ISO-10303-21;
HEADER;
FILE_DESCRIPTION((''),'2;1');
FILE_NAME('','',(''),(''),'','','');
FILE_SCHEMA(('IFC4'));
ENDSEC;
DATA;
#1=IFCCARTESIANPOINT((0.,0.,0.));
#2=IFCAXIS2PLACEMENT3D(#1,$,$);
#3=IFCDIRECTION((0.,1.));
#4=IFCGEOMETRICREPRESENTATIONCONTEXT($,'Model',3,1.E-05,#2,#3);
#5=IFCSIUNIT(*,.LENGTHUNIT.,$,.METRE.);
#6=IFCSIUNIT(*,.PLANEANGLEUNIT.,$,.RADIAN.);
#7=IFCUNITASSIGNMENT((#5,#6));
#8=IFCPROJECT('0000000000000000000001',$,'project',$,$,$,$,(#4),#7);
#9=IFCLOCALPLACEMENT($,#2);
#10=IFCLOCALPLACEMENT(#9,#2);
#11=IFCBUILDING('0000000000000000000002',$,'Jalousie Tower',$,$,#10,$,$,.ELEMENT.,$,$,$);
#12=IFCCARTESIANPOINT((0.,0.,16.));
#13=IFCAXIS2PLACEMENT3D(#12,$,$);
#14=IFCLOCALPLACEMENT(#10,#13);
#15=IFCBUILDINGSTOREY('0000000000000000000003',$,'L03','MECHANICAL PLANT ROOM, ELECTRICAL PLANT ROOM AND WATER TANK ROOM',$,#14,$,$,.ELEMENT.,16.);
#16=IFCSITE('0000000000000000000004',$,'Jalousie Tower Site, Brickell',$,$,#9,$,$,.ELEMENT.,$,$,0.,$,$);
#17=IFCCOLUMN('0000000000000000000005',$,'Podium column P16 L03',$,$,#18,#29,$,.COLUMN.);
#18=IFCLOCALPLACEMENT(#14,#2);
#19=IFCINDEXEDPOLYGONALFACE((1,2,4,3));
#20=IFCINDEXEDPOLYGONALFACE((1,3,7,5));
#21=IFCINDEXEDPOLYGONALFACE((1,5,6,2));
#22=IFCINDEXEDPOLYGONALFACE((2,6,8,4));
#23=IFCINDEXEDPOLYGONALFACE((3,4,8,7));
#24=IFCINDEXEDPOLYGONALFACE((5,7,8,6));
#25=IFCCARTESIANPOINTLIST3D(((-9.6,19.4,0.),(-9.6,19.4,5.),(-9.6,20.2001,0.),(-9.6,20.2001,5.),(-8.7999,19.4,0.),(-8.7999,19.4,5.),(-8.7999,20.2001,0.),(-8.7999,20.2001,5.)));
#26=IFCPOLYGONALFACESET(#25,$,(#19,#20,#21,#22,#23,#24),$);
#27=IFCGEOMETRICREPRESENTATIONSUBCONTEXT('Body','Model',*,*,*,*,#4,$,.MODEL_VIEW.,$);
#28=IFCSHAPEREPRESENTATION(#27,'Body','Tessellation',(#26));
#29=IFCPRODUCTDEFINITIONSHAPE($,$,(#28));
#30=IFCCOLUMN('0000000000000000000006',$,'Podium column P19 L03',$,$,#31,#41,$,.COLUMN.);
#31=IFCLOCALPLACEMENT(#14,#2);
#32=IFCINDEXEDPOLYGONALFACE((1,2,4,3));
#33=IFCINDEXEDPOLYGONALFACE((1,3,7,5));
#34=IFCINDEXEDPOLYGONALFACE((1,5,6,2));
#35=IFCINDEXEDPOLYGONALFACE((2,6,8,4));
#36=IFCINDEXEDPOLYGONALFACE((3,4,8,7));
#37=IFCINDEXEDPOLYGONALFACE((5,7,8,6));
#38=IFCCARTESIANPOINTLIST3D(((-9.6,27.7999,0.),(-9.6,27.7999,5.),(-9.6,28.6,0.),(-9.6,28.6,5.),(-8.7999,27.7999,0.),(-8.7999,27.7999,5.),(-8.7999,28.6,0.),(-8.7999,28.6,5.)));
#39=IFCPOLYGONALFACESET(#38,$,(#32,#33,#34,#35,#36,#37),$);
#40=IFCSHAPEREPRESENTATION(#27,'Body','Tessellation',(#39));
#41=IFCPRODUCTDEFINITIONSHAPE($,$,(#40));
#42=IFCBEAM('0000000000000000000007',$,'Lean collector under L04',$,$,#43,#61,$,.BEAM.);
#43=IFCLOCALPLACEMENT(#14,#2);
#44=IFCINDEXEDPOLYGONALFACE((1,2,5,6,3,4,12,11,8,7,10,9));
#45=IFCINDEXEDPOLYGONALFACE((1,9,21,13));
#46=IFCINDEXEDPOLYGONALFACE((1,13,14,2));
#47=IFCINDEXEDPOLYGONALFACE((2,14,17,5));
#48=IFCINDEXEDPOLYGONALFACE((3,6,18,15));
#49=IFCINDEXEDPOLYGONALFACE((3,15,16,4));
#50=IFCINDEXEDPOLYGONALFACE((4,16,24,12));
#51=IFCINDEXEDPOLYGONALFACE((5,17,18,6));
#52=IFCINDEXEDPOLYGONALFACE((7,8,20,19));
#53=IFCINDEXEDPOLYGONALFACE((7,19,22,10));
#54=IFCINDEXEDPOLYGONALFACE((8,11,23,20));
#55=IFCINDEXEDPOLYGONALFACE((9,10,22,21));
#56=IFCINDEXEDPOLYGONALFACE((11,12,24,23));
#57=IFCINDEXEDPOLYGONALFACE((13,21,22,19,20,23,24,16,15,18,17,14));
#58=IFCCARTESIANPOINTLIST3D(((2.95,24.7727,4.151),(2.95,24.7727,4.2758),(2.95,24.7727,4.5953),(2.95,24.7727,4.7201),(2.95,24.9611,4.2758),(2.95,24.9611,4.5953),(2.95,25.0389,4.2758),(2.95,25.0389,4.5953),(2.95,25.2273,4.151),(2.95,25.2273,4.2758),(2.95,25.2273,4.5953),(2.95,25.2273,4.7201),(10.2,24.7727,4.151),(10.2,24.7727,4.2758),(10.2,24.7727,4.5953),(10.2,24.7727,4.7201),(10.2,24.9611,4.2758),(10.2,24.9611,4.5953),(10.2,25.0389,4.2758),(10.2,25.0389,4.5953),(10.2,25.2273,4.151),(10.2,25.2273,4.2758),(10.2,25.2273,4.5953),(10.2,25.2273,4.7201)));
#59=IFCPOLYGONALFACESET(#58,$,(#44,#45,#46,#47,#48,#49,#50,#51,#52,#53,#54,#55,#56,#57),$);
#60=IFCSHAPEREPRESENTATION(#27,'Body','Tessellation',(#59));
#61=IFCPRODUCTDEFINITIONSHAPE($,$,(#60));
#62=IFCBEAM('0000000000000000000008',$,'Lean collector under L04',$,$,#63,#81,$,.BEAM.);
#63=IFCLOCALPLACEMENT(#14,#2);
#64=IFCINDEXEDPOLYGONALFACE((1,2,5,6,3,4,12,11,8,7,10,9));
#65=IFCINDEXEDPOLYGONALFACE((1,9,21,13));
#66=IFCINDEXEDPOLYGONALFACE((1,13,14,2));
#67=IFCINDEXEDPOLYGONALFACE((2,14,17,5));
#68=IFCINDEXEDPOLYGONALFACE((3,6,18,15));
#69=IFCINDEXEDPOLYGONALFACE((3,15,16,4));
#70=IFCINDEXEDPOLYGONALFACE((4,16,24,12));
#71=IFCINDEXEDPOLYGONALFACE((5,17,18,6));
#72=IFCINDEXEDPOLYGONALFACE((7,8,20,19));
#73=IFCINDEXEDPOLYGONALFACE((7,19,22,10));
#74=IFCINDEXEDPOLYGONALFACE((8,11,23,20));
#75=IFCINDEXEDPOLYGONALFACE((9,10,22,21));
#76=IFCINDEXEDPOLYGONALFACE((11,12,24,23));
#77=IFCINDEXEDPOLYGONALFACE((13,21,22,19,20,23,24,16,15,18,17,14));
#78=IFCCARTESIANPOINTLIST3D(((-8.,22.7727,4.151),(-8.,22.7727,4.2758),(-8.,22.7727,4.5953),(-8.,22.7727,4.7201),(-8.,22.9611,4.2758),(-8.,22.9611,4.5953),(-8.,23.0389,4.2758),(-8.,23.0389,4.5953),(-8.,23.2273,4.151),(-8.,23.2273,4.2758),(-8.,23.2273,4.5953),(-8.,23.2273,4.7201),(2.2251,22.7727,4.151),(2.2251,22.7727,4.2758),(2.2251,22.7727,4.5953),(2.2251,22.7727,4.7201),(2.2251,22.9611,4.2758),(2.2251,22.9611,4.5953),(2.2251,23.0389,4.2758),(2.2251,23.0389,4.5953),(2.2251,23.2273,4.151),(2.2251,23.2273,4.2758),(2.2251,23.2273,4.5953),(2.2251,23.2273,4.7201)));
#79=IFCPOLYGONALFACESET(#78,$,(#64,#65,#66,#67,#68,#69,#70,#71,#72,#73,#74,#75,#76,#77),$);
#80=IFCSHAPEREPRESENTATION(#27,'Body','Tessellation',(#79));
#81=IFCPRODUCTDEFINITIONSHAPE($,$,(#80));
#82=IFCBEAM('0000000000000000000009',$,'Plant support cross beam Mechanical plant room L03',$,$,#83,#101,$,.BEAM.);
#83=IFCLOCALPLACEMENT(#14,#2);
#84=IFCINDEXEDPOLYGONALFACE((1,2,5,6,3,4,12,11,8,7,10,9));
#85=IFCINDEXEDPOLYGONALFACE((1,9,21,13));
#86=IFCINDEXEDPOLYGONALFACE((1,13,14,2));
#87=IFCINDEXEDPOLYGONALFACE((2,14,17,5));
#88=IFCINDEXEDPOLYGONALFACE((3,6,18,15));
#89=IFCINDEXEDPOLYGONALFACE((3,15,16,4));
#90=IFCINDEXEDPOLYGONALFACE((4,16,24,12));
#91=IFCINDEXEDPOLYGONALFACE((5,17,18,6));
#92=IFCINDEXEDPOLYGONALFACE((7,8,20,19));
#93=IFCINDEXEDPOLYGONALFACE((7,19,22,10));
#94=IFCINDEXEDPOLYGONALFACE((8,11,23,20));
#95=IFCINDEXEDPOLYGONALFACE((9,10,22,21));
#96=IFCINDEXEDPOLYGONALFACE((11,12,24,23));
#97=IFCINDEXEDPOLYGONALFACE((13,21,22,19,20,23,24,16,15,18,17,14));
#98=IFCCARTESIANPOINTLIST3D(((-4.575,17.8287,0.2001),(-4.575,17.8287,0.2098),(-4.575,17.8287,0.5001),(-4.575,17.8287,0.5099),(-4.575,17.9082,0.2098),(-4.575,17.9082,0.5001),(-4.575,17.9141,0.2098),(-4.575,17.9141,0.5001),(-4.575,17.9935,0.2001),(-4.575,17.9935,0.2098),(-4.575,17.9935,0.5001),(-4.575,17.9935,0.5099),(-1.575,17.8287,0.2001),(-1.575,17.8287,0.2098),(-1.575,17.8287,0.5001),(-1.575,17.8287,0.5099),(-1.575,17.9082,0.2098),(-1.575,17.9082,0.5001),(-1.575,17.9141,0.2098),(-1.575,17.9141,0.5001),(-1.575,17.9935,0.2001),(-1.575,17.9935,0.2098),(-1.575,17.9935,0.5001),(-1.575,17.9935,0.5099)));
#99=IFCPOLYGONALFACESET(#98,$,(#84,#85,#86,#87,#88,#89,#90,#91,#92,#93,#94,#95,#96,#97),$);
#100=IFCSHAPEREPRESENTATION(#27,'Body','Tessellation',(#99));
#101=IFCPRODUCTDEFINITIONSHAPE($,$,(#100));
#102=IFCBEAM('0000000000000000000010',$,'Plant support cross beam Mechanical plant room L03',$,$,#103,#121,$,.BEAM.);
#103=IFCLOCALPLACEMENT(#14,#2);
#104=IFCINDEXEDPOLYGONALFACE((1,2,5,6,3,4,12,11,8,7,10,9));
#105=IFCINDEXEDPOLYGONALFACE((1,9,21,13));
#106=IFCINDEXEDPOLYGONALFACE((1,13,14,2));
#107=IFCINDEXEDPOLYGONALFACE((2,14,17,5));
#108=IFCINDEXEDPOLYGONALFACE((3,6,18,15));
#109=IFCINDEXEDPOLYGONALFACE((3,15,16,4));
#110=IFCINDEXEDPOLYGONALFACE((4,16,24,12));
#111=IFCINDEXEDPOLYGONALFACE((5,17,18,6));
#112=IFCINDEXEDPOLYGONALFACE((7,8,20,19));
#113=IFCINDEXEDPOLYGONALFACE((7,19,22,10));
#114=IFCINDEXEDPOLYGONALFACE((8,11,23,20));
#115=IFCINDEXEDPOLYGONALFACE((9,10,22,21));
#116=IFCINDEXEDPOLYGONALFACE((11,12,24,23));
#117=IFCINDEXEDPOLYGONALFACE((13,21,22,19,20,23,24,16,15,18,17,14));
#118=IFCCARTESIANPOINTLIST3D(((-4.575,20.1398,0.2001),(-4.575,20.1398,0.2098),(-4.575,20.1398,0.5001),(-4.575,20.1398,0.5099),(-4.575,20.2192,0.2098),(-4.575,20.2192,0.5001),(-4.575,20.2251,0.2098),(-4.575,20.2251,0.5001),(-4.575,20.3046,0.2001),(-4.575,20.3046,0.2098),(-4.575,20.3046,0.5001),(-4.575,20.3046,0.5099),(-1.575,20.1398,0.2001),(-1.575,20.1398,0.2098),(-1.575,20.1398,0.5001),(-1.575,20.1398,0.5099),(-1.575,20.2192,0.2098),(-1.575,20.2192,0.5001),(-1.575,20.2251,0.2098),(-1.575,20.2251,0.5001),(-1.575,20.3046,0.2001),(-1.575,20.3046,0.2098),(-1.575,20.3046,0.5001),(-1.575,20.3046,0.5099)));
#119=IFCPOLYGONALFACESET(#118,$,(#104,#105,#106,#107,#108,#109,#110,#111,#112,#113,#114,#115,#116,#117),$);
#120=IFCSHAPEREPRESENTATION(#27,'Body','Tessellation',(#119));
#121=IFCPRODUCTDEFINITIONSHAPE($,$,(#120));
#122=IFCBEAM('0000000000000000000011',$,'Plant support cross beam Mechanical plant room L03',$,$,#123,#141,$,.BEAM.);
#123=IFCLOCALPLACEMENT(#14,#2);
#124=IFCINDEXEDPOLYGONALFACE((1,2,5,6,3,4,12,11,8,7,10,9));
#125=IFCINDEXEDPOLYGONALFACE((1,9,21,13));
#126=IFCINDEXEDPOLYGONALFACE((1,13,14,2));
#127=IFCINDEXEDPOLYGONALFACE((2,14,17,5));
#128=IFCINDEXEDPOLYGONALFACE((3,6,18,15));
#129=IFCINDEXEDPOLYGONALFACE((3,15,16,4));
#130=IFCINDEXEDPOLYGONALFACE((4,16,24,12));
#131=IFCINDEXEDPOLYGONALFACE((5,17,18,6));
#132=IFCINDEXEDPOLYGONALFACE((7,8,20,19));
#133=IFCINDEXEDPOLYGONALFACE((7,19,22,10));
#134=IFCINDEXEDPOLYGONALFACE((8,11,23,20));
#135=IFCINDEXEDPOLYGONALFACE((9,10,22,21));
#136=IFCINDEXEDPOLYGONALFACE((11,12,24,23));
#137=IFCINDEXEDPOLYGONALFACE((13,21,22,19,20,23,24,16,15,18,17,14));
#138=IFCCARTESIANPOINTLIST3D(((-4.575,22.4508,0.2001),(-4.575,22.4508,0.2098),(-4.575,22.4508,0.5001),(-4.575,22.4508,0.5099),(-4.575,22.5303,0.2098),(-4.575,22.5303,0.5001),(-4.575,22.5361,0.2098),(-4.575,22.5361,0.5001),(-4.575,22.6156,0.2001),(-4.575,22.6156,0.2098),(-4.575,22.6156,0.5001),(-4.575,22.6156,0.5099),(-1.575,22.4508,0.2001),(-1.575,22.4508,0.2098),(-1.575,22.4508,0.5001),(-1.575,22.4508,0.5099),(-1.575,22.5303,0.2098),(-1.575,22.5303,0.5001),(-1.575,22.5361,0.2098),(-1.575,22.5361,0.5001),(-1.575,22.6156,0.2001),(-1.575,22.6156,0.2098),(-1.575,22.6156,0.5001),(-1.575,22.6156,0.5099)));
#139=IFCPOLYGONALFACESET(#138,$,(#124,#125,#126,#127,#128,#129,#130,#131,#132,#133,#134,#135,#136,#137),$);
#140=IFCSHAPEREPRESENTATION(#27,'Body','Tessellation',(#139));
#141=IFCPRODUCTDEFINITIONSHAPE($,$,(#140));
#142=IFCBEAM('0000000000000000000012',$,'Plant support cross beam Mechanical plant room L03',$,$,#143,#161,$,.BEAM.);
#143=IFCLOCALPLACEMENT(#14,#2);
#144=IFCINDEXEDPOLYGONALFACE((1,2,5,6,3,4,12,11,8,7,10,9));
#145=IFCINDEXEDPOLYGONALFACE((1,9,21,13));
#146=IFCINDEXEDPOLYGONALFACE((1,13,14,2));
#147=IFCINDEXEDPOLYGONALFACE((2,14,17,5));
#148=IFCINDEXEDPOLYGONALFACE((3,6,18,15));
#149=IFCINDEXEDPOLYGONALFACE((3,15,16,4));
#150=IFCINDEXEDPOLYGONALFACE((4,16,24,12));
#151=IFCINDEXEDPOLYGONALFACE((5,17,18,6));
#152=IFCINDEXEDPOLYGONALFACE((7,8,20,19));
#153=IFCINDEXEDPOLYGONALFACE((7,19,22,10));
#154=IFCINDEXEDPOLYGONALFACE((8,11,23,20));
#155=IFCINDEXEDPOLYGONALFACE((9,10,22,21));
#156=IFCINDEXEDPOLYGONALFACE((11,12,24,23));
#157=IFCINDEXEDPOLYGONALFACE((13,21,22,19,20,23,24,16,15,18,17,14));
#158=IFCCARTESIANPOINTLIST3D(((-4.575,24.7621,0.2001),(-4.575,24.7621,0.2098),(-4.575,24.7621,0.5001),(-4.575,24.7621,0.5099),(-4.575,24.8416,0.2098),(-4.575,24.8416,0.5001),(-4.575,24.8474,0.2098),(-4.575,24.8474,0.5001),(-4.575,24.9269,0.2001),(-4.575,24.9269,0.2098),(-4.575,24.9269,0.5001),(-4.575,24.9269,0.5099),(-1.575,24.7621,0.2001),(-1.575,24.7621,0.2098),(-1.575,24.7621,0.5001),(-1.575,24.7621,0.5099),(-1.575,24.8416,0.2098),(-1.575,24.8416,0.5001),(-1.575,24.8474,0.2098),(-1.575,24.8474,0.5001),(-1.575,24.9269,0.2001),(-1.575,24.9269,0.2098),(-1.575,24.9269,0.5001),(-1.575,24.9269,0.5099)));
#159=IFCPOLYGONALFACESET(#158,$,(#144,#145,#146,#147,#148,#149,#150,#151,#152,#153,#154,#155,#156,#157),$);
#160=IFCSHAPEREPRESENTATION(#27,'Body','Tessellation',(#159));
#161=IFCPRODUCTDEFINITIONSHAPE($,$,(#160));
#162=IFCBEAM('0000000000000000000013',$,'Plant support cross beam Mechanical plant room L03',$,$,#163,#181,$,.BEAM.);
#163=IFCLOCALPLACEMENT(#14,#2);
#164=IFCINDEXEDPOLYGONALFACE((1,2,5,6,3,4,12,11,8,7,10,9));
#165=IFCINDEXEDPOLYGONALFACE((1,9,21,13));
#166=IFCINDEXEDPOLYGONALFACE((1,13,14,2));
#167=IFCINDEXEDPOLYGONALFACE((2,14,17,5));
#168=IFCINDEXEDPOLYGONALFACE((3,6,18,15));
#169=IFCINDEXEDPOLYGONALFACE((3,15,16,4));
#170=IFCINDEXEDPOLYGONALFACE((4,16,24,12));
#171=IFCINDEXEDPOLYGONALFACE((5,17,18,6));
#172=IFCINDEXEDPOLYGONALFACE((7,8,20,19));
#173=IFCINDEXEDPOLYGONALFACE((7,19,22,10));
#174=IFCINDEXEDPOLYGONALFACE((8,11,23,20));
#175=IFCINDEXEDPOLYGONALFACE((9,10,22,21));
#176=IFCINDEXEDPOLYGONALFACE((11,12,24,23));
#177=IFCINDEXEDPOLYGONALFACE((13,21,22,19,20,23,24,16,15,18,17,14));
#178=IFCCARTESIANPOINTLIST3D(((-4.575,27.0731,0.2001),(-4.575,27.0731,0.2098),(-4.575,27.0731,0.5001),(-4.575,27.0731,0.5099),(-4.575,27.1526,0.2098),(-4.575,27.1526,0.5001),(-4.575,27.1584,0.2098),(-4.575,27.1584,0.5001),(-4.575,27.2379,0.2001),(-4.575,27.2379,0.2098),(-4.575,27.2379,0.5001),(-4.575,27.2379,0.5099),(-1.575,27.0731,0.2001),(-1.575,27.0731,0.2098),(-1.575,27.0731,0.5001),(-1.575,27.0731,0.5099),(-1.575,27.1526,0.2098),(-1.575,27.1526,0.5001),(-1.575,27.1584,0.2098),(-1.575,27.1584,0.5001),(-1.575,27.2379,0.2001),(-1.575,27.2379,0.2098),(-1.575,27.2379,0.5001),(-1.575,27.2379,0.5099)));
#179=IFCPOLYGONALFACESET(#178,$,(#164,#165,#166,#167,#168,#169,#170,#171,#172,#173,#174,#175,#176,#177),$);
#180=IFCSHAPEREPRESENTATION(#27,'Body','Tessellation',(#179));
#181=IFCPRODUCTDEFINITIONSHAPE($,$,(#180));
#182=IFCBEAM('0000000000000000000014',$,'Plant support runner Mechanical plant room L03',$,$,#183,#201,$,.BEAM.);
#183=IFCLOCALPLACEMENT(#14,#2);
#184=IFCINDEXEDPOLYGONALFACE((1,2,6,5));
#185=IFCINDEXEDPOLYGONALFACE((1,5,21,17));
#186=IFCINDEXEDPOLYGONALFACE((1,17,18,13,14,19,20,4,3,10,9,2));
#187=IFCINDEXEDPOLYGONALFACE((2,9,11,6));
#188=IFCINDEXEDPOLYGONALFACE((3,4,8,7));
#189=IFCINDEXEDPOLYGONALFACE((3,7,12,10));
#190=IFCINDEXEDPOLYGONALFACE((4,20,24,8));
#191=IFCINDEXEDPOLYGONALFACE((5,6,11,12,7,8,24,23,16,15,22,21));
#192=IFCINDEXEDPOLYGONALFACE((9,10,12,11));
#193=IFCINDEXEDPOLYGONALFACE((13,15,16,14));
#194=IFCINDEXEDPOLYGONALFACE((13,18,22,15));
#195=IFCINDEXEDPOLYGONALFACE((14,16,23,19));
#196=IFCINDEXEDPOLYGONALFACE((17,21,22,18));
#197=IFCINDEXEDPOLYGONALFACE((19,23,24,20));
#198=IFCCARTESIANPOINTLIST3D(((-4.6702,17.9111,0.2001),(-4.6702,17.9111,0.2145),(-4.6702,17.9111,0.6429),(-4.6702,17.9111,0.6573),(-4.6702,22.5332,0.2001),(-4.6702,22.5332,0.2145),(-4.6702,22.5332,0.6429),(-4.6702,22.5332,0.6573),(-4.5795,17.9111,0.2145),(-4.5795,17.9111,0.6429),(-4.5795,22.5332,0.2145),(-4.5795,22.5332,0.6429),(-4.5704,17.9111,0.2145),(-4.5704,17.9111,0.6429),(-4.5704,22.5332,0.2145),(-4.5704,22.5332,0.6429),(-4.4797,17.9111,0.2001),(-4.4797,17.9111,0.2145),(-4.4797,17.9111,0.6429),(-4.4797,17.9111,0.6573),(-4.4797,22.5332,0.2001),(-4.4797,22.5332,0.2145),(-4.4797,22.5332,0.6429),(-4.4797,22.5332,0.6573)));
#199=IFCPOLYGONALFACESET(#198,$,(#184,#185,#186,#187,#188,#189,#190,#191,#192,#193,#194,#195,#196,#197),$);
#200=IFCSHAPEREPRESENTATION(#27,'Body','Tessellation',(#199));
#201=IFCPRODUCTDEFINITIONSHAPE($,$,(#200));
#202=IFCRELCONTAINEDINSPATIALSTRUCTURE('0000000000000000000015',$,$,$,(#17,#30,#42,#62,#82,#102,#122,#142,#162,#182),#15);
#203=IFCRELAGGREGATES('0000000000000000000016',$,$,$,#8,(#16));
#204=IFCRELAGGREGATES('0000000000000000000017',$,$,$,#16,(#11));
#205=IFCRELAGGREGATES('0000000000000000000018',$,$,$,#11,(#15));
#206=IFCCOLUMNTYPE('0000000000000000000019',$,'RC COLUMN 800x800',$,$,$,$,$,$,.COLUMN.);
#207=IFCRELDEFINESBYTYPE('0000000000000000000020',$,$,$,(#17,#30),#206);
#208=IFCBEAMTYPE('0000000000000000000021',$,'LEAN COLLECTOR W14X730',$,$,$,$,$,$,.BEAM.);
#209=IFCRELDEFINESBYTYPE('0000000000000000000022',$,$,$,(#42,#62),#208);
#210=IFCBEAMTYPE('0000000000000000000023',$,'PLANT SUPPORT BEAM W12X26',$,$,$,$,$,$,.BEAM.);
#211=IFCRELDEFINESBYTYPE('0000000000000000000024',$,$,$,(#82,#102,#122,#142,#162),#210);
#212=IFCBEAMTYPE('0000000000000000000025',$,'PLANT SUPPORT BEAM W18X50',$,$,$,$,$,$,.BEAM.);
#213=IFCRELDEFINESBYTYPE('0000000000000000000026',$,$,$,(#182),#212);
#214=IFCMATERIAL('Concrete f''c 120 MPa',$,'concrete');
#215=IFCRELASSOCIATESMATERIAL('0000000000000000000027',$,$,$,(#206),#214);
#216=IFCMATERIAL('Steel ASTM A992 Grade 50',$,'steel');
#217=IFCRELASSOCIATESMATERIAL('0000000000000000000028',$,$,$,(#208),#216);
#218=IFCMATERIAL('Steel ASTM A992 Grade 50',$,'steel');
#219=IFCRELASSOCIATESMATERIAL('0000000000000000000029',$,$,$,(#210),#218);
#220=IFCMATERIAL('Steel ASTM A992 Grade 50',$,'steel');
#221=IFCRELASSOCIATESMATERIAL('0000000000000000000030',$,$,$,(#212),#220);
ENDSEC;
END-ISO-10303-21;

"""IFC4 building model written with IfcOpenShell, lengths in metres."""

from ifc_helpers import new_model, si_unit, direction, frame, origin, origin_2d, place, context, subcontext, project, spatial, rectangle, i_section, extrude, material, material_profile, profile_set, type_object, element, save


model = new_model("IFC4")

# Units and contexts
model_context = context("Model", 3, precision=1e-05, world=origin(), true_north=direction((0.0, 1.0)))
body_context = subcontext(model_context, "Body", "Model", "MODEL_VIEW")
ifc_project = project(units=[si_unit("LENGTHUNIT", "METRE"), si_unit("PLANEANGLEUNIT", "RADIAN")], contexts=[model_context])

# Site, building, storey
site_placement = place(None, origin())
site = spatial("IfcSite", under=ifc_project, at=site_placement, Name="Jalousie Tower Site, Brickell", CompositionType="ELEMENT", RefElevation=0.0)
building_placement = place(site_placement, origin())
building = spatial("IfcBuilding", under=site, at=building_placement, Name="Jalousie Tower", CompositionType="ELEMENT")
storey_placement = place(building_placement, frame((0.0, 0.0, 16.0)))
storey = spatial("IfcBuildingStorey", under=building, at=storey_placement, Name="L03", Description="MECHANICAL PLANT ROOM, ELECTRICAL PLANT ROOM AND WATER TANK ROOM", CompositionType="ELEMENT", Elevation=16.0)

# Columns
ifc_material_1 = material(Name="Concrete f'c 120 MPa", Category="concrete")
ifc_material_profile_1 = material_profile(ifc_material_1, rectangle(XDim=0.8, YDim=0.8, at=origin_2d()), Name="RC 800x800")
ifc_profile_set_1 = profile_set([ifc_material_profile_1], Name="Concrete f'c 120 MPa")
column_type = type_object("IfcColumnType", Name="RC COLUMN 800x800", PredefinedType="COLUMN", material=ifc_profile_set_1)
for number, where, z_axis, x_axis, name in (
    (1, (-9.2, 19.8, 0.0), (0.0, 0.0, 1.0), (1.0, 0.0, 0.0), "Podium column P16 L03"),
    (2, (-9.2, 28.2, 0.0), (0.0, 0.0, 1.0), (1.0, 0.0, 0.0), "Podium column P19 L03"),
):
    element("IfcColumn", number, at=place(storey_placement, frame(where, z_axis=z_axis, x_axis=x_axis)), inside=storey, type_object=column_type, Name=name, PredefinedType="COLUMN", context=body_context, shape_type="SweptSolid", body=[
        extrude(rectangle(XDim=0.8, YDim=0.8, at=origin_2d()), origin(), (0.0, 0.0, 1.0), 5.0),
    ])

# Beams
ifc_material_2 = material(Name="Steel ASTM A992 Grade 50", Category="steel")
ifc_material_profile_2 = material_profile(ifc_material_2, i_section(OverallWidth=0.4546, OverallDepth=0.5691, WebThickness=0.0779, FlangeThickness=0.1248, at=origin_2d()), Name="W14X730")
ifc_profile_set_2 = profile_set([ifc_material_profile_2], Name="Steel ASTM A992 Grade 50")
beam_type_1 = type_object("IfcBeamType", Name="LEAN COLLECTOR W14X730", PredefinedType="BEAM", material=ifc_profile_set_2)
beam_1_placement = place(storey_placement, frame((2.95, 25.0, 4.4355), z_axis=(1.0, 0.0, 0.0), x_axis=(0.0, 1.0, 0.0)))
element("IfcBeam", 3, at=beam_1_placement, inside=storey, type_object=beam_type_1, Name="Lean collector under L04", PredefinedType="BEAM", context=body_context, shape_type="SweptSolid", body=[
    extrude(i_section(OverallWidth=0.4546, OverallDepth=0.5691, WebThickness=0.0779, FlangeThickness=0.1248, at=origin_2d()), origin(), (0.0, 0.0, 1.0), 7.25),
])
beam_2_placement = place(storey_placement, frame((-8.0, 23.0, 4.4355), z_axis=(1.0, 0.0, 0.0), x_axis=(0.0, 1.0, 0.0)))
element("IfcBeam", 4, at=beam_2_placement, inside=storey, type_object=beam_type_1, Name="Lean collector under L04", PredefinedType="BEAM", context=body_context, shape_type="SweptSolid", body=[
    extrude(i_section(OverallWidth=0.4546, OverallDepth=0.5691, WebThickness=0.0779, FlangeThickness=0.1248, at=origin_2d()), origin(), (0.0, 0.0, 1.0), 10.2251),
])
ifc_material_3 = material(Name="Steel ASTM A992 Grade 50", Category="steel")
ifc_material_profile_3 = material_profile(ifc_material_3, i_section(OverallWidth=0.1648, OverallDepth=0.3098, WebThickness=0.0059, FlangeThickness=0.0098, at=origin_2d()), Name="W12X26")
ifc_profile_set_3 = profile_set([ifc_material_profile_3], Name="Steel ASTM A992 Grade 50")
beam_type_2 = type_object("IfcBeamType", Name="PLANT SUPPORT BEAM W12X26", PredefinedType="BEAM", material=ifc_profile_set_3)
for number, where, z_axis, x_axis, name in (
    (5, (-4.575, 17.9111, 0.355), (1.0, 0.0, 0.0), (0.0, 1.0, 0.0), "Plant support cross beam Mechanical plant room L03"),
    (6, (-4.575, 20.2222, 0.355), (1.0, 0.0, 0.0), (0.0, 1.0, 0.0), "Plant support cross beam Mechanical plant room L03"),
    (7, (-4.575, 22.5332, 0.355), (1.0, 0.0, 0.0), (0.0, 1.0, 0.0), "Plant support cross beam Mechanical plant room L03"),
    (8, (-4.575, 24.8445, 0.355), (1.0, 0.0, 0.0), (0.0, 1.0, 0.0), "Plant support cross beam Mechanical plant room L03"),
    (9, (-4.575, 27.1555, 0.355), (1.0, 0.0, 0.0), (0.0, 1.0, 0.0), "Plant support cross beam Mechanical plant room L03"),
):
    element("IfcBeam", number, at=place(storey_placement, frame(where, z_axis=z_axis, x_axis=x_axis)), inside=storey, type_object=beam_type_2, Name=name, PredefinedType="BEAM", context=body_context, shape_type="SweptSolid", body=[
        extrude(i_section(OverallWidth=0.1648, OverallDepth=0.3098, WebThickness=0.0059, FlangeThickness=0.0098, at=origin_2d()), origin(), (0.0, 0.0, 1.0), 3.0),
    ])
ifc_material_4 = material(Name="Steel ASTM A992 Grade 50", Category="steel")
ifc_material_profile_4 = material_profile(ifc_material_4, i_section(OverallWidth=0.1904, OverallDepth=0.4573, WebThickness=0.009, FlangeThickness=0.0144, at=origin_2d()), Name="W18X50")
ifc_profile_set_4 = profile_set([ifc_material_profile_4], Name="Steel ASTM A992 Grade 50")
beam_type_3 = type_object("IfcBeamType", Name="PLANT SUPPORT BEAM W18X50", PredefinedType="BEAM", material=ifc_profile_set_4)
beam_3_placement = place(storey_placement, frame((-4.575, 17.9111, 0.4287), z_axis=(0.0, 1.0, 0.0), x_axis=(-1.0, 0.0, 0.0)))
element("IfcBeam", 10, at=beam_3_placement, inside=storey, type_object=beam_type_3, Name="Plant support runner Mechanical plant room L03", PredefinedType="BEAM", context=body_context, shape_type="SweptSolid", body=[
    extrude(i_section(OverallWidth=0.1904, OverallDepth=0.4573, WebThickness=0.009, FlangeThickness=0.0144, at=origin_2d()), origin(), (0.0, 0.0, 1.0), 4.6221),
])

save(model, "model.ifc")
